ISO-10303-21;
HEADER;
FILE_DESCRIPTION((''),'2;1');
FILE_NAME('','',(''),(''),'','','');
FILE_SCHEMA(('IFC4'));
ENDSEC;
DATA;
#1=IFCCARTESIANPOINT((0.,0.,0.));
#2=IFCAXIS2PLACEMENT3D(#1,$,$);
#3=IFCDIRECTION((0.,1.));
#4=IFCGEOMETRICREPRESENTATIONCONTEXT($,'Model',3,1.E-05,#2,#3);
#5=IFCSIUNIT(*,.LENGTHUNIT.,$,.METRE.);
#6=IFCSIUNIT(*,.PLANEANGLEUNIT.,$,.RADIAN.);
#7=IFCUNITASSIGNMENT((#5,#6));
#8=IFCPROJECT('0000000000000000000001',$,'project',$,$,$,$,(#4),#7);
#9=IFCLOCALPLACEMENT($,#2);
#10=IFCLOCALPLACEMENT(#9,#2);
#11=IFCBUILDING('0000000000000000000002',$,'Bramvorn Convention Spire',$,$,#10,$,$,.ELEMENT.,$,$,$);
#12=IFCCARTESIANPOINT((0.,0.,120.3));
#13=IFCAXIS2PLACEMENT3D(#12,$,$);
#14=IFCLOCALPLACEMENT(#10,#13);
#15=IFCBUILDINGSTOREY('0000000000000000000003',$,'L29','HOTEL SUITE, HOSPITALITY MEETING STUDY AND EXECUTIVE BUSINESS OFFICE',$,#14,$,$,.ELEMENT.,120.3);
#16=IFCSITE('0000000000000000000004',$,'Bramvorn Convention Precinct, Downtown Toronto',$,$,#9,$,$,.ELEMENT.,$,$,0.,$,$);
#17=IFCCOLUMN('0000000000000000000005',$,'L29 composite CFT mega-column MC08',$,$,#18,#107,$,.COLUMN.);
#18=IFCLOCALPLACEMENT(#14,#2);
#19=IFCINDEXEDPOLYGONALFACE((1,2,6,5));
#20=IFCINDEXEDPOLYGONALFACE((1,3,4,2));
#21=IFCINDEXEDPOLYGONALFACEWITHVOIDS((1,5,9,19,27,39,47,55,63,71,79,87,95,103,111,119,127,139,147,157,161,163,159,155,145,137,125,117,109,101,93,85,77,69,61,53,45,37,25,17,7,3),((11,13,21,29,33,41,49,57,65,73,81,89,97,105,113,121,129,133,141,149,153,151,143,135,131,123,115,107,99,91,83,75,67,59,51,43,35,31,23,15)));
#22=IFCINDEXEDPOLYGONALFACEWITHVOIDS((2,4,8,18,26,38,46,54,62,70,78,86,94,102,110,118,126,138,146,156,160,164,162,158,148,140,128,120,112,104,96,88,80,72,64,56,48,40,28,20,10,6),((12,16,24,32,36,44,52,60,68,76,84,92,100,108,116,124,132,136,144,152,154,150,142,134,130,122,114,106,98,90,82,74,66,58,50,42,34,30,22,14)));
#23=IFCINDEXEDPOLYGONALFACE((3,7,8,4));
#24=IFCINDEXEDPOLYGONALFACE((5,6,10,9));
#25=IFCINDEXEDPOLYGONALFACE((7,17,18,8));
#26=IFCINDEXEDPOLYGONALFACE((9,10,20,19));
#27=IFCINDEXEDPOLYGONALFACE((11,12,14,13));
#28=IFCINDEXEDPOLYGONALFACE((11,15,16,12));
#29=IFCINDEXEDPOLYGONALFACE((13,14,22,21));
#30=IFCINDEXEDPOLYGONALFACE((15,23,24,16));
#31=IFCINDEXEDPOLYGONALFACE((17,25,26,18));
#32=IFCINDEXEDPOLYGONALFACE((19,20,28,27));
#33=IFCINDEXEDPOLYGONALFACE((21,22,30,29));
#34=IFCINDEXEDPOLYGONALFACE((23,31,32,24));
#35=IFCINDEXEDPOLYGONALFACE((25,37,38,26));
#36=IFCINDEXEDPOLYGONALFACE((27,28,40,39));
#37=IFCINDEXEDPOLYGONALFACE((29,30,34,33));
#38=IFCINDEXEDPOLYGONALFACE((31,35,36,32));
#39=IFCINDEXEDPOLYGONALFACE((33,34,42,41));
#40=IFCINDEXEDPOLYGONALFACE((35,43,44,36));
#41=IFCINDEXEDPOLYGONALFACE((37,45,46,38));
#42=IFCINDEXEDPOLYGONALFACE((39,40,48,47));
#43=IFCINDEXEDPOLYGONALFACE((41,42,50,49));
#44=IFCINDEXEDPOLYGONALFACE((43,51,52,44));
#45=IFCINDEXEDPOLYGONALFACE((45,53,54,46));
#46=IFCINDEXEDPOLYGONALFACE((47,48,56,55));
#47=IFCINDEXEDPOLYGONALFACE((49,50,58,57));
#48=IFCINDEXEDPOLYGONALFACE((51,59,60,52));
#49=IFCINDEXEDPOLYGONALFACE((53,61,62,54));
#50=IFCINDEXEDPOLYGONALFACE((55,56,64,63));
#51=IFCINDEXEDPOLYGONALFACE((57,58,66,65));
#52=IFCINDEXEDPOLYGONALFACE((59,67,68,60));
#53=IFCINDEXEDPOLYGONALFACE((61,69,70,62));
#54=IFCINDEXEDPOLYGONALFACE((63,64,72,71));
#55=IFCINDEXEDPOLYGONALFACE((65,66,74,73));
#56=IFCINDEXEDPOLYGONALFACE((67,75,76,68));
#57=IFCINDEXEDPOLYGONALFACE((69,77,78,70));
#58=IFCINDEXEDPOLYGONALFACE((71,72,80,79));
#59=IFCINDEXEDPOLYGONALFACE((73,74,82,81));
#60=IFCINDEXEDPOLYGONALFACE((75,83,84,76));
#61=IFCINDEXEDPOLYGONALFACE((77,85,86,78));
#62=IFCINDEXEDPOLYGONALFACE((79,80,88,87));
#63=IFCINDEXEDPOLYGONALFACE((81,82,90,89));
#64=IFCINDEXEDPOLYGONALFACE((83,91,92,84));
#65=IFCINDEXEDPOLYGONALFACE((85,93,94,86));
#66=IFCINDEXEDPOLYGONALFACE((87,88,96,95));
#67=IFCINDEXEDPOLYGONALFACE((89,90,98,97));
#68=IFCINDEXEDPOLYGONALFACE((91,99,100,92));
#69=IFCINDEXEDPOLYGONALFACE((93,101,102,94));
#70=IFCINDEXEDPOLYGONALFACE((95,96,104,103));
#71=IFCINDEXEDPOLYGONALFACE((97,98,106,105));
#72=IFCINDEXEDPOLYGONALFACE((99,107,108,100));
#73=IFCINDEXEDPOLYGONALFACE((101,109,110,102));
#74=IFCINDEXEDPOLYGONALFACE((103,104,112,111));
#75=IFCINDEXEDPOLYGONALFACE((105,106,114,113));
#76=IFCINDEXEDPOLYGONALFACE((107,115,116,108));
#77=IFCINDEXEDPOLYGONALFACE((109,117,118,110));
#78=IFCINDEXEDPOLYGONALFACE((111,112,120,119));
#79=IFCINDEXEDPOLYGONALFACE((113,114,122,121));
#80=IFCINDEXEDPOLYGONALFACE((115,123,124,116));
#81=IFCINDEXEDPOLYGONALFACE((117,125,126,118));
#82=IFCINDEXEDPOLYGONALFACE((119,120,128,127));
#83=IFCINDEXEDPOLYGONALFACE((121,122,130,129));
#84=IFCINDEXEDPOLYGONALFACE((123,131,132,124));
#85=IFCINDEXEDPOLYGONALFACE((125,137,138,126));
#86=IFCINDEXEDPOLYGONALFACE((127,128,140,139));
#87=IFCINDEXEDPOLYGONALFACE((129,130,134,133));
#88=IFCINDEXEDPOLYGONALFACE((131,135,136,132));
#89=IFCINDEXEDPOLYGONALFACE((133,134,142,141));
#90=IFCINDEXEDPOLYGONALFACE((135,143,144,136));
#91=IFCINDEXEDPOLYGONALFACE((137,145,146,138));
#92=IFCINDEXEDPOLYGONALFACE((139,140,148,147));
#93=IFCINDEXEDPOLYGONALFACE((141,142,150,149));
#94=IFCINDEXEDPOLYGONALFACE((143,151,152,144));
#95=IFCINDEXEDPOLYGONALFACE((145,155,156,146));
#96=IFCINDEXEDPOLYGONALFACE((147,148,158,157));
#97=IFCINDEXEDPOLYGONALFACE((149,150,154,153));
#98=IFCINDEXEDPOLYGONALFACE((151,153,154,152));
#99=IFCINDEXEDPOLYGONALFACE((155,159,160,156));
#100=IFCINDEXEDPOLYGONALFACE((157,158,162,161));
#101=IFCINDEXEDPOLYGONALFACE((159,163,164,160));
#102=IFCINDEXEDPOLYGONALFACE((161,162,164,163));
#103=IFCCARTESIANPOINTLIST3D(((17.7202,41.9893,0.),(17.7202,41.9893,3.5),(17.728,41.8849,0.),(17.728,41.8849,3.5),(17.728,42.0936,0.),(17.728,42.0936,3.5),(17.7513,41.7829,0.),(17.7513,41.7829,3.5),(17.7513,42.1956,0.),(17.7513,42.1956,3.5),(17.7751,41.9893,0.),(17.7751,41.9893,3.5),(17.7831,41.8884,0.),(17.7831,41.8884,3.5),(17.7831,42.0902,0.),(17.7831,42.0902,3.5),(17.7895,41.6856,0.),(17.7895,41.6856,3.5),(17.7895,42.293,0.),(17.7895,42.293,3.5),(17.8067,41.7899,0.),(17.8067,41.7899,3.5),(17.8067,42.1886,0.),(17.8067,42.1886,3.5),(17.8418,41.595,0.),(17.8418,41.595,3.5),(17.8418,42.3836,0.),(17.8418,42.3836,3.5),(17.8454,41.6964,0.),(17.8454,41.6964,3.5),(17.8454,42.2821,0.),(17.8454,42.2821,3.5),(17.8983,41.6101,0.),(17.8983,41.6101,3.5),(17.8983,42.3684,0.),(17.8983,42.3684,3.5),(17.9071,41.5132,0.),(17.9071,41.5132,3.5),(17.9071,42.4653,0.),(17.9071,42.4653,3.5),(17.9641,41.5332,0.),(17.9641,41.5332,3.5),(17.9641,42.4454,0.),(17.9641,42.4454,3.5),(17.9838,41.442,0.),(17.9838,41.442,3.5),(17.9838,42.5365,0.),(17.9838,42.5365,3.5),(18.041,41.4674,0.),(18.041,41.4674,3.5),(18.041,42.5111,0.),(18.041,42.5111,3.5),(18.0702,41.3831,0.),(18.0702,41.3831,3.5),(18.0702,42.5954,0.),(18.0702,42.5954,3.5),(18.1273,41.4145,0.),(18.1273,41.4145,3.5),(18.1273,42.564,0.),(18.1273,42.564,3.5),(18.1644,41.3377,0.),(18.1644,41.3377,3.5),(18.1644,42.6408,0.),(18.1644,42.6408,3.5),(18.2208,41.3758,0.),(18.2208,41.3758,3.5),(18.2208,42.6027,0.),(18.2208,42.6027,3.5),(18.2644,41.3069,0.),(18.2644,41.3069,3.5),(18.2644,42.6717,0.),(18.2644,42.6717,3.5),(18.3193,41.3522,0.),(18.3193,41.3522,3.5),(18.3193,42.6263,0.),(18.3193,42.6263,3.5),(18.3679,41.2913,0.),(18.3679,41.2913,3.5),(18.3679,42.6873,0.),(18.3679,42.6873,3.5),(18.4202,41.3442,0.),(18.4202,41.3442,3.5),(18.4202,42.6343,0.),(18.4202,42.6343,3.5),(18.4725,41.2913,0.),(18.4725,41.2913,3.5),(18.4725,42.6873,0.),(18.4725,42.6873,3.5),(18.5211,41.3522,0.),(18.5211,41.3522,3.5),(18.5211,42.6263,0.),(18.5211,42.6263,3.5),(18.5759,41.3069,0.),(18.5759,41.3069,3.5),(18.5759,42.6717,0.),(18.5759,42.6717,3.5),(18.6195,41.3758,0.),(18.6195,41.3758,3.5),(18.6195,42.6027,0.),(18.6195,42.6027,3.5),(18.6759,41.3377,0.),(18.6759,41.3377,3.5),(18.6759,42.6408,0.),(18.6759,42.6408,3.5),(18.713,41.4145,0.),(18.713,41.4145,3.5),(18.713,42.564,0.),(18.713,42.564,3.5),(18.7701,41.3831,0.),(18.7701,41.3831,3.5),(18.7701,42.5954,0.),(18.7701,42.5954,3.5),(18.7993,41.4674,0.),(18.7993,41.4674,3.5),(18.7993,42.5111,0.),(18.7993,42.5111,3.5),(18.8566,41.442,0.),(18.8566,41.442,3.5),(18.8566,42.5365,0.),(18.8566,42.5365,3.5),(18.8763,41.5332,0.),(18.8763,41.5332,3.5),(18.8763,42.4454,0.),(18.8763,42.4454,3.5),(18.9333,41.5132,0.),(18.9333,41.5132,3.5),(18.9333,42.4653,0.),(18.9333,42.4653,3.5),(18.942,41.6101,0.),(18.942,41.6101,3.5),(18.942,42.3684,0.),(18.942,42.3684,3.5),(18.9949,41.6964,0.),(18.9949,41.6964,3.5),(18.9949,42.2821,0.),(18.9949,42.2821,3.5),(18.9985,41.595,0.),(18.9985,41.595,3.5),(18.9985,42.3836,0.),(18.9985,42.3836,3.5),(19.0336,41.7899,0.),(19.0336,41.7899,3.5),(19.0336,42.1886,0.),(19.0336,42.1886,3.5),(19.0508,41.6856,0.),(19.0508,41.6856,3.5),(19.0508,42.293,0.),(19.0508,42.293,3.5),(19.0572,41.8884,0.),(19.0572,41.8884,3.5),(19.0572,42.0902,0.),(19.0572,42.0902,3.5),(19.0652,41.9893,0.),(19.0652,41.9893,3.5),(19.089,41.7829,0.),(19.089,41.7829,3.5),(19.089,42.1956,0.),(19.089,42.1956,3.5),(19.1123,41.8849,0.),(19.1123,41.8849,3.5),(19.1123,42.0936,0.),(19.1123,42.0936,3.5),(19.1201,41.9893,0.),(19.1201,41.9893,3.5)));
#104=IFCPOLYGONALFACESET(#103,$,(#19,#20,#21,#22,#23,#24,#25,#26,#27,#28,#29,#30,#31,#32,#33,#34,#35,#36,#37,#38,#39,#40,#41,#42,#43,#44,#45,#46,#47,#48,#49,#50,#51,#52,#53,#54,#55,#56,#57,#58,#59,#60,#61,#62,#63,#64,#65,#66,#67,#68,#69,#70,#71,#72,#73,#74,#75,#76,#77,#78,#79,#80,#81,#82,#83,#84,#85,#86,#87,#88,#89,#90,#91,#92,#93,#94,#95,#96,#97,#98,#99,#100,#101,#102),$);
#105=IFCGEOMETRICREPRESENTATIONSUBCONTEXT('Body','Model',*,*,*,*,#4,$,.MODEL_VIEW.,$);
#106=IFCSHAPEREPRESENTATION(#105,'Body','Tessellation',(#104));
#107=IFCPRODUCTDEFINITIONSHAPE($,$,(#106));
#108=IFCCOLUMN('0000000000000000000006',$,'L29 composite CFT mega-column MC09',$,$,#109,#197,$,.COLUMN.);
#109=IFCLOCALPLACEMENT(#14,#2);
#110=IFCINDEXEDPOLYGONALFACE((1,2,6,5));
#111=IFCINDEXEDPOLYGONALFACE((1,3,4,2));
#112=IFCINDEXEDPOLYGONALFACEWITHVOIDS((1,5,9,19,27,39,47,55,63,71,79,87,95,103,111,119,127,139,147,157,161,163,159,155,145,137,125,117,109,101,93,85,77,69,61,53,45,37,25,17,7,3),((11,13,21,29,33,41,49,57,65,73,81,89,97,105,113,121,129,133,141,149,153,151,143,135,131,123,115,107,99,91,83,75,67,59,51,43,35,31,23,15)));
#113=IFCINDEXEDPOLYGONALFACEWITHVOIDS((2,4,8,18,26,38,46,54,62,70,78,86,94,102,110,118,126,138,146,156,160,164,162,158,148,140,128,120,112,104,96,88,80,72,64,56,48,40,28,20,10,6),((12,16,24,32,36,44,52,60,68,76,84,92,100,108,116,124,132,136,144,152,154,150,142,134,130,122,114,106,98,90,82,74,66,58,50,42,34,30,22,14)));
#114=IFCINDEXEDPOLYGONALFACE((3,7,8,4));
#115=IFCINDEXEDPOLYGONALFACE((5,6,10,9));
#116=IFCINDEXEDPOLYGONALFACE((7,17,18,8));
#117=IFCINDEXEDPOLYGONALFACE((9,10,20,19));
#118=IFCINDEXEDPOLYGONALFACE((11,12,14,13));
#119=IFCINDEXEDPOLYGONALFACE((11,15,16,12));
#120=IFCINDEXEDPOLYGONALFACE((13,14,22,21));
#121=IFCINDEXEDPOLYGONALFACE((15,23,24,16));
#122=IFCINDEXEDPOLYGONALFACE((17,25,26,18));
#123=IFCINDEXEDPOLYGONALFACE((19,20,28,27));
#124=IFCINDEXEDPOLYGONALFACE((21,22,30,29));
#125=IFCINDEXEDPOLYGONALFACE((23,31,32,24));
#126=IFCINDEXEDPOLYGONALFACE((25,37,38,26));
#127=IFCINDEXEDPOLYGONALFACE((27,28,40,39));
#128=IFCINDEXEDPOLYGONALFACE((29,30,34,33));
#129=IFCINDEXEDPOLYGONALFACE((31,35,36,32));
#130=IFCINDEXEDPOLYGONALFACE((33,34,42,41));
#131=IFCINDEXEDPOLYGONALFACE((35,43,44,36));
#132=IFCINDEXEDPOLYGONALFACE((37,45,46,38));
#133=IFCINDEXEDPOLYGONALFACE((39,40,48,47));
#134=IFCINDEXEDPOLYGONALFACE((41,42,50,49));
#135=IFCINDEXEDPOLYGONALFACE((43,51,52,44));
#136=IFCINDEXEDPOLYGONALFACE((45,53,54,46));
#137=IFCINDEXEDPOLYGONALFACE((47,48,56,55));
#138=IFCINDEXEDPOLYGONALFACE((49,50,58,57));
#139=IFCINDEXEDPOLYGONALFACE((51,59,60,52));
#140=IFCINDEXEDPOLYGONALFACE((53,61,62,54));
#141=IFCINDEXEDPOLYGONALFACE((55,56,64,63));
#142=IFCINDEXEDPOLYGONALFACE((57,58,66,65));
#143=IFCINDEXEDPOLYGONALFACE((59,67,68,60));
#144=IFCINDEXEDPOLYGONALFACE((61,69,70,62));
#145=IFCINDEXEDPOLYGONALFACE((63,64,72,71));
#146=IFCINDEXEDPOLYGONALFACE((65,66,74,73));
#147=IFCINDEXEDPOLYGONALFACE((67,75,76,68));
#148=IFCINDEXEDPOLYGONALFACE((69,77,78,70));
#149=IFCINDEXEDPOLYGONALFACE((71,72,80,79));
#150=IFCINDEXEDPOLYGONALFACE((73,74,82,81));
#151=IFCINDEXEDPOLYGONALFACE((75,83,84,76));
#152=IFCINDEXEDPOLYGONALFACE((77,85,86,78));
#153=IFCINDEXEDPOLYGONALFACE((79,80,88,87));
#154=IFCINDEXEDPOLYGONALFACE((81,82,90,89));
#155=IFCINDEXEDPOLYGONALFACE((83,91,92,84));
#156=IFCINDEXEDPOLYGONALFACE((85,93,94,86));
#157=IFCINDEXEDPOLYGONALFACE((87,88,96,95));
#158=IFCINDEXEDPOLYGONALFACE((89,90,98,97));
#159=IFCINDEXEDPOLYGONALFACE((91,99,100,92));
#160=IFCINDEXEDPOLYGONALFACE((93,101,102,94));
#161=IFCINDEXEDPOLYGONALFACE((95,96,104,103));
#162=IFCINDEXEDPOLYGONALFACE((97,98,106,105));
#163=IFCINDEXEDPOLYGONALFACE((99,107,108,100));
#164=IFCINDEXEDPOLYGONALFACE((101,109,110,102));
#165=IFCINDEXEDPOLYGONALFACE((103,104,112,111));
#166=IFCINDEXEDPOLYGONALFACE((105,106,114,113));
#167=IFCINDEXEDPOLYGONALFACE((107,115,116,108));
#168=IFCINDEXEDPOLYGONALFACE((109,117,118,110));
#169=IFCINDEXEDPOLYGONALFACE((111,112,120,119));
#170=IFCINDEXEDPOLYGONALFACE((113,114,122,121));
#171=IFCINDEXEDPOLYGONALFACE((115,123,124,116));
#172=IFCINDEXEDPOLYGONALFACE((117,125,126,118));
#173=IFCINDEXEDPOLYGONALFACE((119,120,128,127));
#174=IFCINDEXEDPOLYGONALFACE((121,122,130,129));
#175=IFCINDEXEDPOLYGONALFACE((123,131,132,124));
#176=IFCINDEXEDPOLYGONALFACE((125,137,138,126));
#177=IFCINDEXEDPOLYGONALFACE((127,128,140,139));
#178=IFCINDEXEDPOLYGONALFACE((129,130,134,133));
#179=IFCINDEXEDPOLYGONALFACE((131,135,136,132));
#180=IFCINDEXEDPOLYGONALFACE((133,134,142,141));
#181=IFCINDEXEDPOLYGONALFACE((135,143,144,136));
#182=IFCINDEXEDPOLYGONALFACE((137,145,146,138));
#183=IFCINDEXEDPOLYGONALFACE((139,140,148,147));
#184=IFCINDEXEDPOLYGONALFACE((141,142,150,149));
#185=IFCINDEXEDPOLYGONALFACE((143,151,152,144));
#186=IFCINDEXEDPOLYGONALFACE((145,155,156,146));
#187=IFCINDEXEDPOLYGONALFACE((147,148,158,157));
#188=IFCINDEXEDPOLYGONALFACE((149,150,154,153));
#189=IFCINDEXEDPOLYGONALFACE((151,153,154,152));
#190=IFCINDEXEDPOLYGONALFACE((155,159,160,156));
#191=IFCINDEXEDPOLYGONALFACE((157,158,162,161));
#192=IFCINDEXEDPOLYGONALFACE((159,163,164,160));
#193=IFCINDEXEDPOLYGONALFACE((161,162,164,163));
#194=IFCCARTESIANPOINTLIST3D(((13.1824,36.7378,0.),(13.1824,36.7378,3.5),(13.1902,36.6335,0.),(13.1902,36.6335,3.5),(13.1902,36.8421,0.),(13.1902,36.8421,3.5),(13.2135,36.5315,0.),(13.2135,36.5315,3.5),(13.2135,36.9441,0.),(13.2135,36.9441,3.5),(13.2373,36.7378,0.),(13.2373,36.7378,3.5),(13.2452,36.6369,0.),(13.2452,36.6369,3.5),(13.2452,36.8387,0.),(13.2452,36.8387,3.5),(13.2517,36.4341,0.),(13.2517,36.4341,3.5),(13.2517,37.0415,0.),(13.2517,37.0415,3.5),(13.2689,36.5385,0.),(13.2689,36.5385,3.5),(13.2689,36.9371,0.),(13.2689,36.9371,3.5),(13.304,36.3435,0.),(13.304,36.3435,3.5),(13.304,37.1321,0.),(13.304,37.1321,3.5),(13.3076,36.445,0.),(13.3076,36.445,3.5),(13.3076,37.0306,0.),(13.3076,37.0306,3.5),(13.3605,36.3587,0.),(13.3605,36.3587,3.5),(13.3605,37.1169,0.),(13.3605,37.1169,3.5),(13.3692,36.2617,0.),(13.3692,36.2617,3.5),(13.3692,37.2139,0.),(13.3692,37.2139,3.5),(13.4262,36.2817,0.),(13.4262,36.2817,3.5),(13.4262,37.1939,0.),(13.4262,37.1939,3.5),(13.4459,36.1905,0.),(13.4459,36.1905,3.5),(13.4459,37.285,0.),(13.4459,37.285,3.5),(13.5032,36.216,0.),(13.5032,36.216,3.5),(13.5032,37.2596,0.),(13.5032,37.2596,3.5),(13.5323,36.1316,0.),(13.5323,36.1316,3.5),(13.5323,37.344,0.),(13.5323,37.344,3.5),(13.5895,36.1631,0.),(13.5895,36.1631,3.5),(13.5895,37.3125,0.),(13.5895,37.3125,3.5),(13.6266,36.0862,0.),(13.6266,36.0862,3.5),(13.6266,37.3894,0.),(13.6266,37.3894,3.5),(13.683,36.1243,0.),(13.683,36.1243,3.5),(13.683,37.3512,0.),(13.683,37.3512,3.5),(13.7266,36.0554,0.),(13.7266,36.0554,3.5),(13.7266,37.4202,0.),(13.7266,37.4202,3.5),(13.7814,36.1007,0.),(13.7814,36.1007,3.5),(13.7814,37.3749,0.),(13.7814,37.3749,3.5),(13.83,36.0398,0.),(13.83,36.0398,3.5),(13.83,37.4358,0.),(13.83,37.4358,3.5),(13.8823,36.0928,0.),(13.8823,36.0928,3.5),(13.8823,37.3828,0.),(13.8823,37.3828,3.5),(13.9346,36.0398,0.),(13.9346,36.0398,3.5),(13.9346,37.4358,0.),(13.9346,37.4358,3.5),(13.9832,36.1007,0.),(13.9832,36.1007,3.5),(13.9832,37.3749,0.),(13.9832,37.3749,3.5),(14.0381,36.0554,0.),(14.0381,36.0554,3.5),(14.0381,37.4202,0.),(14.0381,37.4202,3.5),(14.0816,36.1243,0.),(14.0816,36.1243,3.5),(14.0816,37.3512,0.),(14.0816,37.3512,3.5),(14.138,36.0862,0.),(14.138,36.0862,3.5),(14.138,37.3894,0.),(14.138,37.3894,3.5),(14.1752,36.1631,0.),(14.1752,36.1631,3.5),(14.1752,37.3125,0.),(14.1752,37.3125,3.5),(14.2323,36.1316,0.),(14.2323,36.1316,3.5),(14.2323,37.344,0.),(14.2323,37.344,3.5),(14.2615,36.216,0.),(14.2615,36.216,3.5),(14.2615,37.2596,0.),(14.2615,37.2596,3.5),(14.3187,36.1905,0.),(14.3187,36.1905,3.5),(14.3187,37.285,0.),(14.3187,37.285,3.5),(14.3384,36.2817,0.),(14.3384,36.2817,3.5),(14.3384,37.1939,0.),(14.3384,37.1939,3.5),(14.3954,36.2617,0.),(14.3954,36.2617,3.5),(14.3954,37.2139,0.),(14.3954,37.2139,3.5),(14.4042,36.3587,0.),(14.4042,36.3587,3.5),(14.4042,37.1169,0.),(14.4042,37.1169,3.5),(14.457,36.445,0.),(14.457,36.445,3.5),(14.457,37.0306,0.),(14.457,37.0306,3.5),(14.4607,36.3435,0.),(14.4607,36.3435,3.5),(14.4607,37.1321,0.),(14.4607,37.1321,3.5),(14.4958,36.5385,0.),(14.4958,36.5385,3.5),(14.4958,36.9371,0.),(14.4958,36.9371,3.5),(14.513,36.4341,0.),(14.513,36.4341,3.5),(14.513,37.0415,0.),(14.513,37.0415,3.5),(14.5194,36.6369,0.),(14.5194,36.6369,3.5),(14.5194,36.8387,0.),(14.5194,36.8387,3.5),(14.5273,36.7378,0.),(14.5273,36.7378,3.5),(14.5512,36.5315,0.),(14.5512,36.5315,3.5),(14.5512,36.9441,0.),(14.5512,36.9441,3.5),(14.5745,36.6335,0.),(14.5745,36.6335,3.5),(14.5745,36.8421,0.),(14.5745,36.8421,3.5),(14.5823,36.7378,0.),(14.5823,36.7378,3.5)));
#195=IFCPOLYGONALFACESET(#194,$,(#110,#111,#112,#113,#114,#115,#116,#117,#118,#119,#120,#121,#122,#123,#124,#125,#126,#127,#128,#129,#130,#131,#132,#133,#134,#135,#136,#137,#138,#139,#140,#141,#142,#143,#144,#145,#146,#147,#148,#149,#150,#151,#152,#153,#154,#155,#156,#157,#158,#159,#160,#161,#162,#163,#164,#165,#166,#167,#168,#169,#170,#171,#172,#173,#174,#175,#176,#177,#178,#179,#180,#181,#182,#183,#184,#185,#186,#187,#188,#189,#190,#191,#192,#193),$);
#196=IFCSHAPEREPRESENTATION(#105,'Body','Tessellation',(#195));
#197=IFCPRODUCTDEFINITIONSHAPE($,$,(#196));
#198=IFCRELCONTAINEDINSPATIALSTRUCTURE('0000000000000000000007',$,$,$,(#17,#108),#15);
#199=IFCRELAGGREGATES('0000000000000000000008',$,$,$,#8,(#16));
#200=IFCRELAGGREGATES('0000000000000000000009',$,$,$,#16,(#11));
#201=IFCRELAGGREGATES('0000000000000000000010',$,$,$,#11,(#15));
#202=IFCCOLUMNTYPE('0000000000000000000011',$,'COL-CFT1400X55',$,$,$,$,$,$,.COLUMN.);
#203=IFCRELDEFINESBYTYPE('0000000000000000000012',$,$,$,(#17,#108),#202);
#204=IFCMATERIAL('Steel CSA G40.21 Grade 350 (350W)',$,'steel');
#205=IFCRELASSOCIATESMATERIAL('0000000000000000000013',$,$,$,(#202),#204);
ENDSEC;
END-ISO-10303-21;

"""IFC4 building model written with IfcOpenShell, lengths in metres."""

from ifc_helpers import new_model, si_unit, direction, frame, origin, origin_2d, place, context, subcontext, project, spatial, hollow_circle, extrude, material, material_profile, profile_set, type_object, element, save


model = new_model("IFC4")

# Units and contexts
model_context = context("Model", 3, precision=1e-05, world=origin(), true_north=direction((0.0, 1.0)))
body_context = subcontext(model_context, "Body", "Model", "MODEL_VIEW")
ifc_project = project(units=[si_unit("LENGTHUNIT", "METRE"), si_unit("PLANEANGLEUNIT", "RADIAN")], contexts=[model_context])

# Site, building, storey
site_placement = place(None, origin())
site = spatial("IfcSite", under=ifc_project, at=site_placement, Name="Bramvorn Convention Precinct, Downtown Toronto", CompositionType="ELEMENT", RefElevation=0.0)
building_placement = place(site_placement, origin())
building = spatial("IfcBuilding", under=site, at=building_placement, Name="Bramvorn Convention Spire", CompositionType="ELEMENT")
storey_placement = place(building_placement, frame((0.0, 0.0, 120.3)))
storey = spatial("IfcBuildingStorey", under=building, at=storey_placement, Name="L29", Description="HOTEL SUITE, HOSPITALITY MEETING STUDY AND EXECUTIVE BUSINESS OFFICE", CompositionType="ELEMENT", Elevation=120.3)

# Columns
ifc_material_1 = material(Name="Steel CSA G40.21 Grade 350 (350W)", Category="steel")
ifc_material_profile_1 = material_profile(ifc_material_1, hollow_circle(Radius=0.7, WallThickness=0.0549, at=origin_2d()))
ifc_profile_set_1 = profile_set([ifc_material_profile_1], Name="Steel CSA G40.21 Grade 350 (350W) - CFT1400X55")
column_type = type_object("IfcColumnType", Name="COL-CFT1400X55", PredefinedType="COLUMN", material=ifc_profile_set_1)
for number, where, z_axis, x_axis, name in (
    (1, (18.4202, 41.9893, 0.0), (0.0, 0.0, 1.0), (1.0, 0.0, 0.0), "L29 composite CFT mega-column MC08"),
    (2, (13.8823, 36.7378, 0.0), (0.0, 0.0, 1.0), (1.0, 0.0, 0.0), "L29 composite CFT mega-column MC09"),
):
    element("IfcColumn", number, at=place(storey_placement, frame(where, z_axis=z_axis, x_axis=x_axis)), inside=storey, type_object=column_type, Name=name, PredefinedType="COLUMN", context=body_context, shape_type="SweptSolid", body=[
        extrude(hollow_circle(Radius=0.7, WallThickness=0.0549, at=origin_2d()), origin(), (0.0, 0.0, 1.0), 3.5),
    ])

save(model, "model.ifc")
